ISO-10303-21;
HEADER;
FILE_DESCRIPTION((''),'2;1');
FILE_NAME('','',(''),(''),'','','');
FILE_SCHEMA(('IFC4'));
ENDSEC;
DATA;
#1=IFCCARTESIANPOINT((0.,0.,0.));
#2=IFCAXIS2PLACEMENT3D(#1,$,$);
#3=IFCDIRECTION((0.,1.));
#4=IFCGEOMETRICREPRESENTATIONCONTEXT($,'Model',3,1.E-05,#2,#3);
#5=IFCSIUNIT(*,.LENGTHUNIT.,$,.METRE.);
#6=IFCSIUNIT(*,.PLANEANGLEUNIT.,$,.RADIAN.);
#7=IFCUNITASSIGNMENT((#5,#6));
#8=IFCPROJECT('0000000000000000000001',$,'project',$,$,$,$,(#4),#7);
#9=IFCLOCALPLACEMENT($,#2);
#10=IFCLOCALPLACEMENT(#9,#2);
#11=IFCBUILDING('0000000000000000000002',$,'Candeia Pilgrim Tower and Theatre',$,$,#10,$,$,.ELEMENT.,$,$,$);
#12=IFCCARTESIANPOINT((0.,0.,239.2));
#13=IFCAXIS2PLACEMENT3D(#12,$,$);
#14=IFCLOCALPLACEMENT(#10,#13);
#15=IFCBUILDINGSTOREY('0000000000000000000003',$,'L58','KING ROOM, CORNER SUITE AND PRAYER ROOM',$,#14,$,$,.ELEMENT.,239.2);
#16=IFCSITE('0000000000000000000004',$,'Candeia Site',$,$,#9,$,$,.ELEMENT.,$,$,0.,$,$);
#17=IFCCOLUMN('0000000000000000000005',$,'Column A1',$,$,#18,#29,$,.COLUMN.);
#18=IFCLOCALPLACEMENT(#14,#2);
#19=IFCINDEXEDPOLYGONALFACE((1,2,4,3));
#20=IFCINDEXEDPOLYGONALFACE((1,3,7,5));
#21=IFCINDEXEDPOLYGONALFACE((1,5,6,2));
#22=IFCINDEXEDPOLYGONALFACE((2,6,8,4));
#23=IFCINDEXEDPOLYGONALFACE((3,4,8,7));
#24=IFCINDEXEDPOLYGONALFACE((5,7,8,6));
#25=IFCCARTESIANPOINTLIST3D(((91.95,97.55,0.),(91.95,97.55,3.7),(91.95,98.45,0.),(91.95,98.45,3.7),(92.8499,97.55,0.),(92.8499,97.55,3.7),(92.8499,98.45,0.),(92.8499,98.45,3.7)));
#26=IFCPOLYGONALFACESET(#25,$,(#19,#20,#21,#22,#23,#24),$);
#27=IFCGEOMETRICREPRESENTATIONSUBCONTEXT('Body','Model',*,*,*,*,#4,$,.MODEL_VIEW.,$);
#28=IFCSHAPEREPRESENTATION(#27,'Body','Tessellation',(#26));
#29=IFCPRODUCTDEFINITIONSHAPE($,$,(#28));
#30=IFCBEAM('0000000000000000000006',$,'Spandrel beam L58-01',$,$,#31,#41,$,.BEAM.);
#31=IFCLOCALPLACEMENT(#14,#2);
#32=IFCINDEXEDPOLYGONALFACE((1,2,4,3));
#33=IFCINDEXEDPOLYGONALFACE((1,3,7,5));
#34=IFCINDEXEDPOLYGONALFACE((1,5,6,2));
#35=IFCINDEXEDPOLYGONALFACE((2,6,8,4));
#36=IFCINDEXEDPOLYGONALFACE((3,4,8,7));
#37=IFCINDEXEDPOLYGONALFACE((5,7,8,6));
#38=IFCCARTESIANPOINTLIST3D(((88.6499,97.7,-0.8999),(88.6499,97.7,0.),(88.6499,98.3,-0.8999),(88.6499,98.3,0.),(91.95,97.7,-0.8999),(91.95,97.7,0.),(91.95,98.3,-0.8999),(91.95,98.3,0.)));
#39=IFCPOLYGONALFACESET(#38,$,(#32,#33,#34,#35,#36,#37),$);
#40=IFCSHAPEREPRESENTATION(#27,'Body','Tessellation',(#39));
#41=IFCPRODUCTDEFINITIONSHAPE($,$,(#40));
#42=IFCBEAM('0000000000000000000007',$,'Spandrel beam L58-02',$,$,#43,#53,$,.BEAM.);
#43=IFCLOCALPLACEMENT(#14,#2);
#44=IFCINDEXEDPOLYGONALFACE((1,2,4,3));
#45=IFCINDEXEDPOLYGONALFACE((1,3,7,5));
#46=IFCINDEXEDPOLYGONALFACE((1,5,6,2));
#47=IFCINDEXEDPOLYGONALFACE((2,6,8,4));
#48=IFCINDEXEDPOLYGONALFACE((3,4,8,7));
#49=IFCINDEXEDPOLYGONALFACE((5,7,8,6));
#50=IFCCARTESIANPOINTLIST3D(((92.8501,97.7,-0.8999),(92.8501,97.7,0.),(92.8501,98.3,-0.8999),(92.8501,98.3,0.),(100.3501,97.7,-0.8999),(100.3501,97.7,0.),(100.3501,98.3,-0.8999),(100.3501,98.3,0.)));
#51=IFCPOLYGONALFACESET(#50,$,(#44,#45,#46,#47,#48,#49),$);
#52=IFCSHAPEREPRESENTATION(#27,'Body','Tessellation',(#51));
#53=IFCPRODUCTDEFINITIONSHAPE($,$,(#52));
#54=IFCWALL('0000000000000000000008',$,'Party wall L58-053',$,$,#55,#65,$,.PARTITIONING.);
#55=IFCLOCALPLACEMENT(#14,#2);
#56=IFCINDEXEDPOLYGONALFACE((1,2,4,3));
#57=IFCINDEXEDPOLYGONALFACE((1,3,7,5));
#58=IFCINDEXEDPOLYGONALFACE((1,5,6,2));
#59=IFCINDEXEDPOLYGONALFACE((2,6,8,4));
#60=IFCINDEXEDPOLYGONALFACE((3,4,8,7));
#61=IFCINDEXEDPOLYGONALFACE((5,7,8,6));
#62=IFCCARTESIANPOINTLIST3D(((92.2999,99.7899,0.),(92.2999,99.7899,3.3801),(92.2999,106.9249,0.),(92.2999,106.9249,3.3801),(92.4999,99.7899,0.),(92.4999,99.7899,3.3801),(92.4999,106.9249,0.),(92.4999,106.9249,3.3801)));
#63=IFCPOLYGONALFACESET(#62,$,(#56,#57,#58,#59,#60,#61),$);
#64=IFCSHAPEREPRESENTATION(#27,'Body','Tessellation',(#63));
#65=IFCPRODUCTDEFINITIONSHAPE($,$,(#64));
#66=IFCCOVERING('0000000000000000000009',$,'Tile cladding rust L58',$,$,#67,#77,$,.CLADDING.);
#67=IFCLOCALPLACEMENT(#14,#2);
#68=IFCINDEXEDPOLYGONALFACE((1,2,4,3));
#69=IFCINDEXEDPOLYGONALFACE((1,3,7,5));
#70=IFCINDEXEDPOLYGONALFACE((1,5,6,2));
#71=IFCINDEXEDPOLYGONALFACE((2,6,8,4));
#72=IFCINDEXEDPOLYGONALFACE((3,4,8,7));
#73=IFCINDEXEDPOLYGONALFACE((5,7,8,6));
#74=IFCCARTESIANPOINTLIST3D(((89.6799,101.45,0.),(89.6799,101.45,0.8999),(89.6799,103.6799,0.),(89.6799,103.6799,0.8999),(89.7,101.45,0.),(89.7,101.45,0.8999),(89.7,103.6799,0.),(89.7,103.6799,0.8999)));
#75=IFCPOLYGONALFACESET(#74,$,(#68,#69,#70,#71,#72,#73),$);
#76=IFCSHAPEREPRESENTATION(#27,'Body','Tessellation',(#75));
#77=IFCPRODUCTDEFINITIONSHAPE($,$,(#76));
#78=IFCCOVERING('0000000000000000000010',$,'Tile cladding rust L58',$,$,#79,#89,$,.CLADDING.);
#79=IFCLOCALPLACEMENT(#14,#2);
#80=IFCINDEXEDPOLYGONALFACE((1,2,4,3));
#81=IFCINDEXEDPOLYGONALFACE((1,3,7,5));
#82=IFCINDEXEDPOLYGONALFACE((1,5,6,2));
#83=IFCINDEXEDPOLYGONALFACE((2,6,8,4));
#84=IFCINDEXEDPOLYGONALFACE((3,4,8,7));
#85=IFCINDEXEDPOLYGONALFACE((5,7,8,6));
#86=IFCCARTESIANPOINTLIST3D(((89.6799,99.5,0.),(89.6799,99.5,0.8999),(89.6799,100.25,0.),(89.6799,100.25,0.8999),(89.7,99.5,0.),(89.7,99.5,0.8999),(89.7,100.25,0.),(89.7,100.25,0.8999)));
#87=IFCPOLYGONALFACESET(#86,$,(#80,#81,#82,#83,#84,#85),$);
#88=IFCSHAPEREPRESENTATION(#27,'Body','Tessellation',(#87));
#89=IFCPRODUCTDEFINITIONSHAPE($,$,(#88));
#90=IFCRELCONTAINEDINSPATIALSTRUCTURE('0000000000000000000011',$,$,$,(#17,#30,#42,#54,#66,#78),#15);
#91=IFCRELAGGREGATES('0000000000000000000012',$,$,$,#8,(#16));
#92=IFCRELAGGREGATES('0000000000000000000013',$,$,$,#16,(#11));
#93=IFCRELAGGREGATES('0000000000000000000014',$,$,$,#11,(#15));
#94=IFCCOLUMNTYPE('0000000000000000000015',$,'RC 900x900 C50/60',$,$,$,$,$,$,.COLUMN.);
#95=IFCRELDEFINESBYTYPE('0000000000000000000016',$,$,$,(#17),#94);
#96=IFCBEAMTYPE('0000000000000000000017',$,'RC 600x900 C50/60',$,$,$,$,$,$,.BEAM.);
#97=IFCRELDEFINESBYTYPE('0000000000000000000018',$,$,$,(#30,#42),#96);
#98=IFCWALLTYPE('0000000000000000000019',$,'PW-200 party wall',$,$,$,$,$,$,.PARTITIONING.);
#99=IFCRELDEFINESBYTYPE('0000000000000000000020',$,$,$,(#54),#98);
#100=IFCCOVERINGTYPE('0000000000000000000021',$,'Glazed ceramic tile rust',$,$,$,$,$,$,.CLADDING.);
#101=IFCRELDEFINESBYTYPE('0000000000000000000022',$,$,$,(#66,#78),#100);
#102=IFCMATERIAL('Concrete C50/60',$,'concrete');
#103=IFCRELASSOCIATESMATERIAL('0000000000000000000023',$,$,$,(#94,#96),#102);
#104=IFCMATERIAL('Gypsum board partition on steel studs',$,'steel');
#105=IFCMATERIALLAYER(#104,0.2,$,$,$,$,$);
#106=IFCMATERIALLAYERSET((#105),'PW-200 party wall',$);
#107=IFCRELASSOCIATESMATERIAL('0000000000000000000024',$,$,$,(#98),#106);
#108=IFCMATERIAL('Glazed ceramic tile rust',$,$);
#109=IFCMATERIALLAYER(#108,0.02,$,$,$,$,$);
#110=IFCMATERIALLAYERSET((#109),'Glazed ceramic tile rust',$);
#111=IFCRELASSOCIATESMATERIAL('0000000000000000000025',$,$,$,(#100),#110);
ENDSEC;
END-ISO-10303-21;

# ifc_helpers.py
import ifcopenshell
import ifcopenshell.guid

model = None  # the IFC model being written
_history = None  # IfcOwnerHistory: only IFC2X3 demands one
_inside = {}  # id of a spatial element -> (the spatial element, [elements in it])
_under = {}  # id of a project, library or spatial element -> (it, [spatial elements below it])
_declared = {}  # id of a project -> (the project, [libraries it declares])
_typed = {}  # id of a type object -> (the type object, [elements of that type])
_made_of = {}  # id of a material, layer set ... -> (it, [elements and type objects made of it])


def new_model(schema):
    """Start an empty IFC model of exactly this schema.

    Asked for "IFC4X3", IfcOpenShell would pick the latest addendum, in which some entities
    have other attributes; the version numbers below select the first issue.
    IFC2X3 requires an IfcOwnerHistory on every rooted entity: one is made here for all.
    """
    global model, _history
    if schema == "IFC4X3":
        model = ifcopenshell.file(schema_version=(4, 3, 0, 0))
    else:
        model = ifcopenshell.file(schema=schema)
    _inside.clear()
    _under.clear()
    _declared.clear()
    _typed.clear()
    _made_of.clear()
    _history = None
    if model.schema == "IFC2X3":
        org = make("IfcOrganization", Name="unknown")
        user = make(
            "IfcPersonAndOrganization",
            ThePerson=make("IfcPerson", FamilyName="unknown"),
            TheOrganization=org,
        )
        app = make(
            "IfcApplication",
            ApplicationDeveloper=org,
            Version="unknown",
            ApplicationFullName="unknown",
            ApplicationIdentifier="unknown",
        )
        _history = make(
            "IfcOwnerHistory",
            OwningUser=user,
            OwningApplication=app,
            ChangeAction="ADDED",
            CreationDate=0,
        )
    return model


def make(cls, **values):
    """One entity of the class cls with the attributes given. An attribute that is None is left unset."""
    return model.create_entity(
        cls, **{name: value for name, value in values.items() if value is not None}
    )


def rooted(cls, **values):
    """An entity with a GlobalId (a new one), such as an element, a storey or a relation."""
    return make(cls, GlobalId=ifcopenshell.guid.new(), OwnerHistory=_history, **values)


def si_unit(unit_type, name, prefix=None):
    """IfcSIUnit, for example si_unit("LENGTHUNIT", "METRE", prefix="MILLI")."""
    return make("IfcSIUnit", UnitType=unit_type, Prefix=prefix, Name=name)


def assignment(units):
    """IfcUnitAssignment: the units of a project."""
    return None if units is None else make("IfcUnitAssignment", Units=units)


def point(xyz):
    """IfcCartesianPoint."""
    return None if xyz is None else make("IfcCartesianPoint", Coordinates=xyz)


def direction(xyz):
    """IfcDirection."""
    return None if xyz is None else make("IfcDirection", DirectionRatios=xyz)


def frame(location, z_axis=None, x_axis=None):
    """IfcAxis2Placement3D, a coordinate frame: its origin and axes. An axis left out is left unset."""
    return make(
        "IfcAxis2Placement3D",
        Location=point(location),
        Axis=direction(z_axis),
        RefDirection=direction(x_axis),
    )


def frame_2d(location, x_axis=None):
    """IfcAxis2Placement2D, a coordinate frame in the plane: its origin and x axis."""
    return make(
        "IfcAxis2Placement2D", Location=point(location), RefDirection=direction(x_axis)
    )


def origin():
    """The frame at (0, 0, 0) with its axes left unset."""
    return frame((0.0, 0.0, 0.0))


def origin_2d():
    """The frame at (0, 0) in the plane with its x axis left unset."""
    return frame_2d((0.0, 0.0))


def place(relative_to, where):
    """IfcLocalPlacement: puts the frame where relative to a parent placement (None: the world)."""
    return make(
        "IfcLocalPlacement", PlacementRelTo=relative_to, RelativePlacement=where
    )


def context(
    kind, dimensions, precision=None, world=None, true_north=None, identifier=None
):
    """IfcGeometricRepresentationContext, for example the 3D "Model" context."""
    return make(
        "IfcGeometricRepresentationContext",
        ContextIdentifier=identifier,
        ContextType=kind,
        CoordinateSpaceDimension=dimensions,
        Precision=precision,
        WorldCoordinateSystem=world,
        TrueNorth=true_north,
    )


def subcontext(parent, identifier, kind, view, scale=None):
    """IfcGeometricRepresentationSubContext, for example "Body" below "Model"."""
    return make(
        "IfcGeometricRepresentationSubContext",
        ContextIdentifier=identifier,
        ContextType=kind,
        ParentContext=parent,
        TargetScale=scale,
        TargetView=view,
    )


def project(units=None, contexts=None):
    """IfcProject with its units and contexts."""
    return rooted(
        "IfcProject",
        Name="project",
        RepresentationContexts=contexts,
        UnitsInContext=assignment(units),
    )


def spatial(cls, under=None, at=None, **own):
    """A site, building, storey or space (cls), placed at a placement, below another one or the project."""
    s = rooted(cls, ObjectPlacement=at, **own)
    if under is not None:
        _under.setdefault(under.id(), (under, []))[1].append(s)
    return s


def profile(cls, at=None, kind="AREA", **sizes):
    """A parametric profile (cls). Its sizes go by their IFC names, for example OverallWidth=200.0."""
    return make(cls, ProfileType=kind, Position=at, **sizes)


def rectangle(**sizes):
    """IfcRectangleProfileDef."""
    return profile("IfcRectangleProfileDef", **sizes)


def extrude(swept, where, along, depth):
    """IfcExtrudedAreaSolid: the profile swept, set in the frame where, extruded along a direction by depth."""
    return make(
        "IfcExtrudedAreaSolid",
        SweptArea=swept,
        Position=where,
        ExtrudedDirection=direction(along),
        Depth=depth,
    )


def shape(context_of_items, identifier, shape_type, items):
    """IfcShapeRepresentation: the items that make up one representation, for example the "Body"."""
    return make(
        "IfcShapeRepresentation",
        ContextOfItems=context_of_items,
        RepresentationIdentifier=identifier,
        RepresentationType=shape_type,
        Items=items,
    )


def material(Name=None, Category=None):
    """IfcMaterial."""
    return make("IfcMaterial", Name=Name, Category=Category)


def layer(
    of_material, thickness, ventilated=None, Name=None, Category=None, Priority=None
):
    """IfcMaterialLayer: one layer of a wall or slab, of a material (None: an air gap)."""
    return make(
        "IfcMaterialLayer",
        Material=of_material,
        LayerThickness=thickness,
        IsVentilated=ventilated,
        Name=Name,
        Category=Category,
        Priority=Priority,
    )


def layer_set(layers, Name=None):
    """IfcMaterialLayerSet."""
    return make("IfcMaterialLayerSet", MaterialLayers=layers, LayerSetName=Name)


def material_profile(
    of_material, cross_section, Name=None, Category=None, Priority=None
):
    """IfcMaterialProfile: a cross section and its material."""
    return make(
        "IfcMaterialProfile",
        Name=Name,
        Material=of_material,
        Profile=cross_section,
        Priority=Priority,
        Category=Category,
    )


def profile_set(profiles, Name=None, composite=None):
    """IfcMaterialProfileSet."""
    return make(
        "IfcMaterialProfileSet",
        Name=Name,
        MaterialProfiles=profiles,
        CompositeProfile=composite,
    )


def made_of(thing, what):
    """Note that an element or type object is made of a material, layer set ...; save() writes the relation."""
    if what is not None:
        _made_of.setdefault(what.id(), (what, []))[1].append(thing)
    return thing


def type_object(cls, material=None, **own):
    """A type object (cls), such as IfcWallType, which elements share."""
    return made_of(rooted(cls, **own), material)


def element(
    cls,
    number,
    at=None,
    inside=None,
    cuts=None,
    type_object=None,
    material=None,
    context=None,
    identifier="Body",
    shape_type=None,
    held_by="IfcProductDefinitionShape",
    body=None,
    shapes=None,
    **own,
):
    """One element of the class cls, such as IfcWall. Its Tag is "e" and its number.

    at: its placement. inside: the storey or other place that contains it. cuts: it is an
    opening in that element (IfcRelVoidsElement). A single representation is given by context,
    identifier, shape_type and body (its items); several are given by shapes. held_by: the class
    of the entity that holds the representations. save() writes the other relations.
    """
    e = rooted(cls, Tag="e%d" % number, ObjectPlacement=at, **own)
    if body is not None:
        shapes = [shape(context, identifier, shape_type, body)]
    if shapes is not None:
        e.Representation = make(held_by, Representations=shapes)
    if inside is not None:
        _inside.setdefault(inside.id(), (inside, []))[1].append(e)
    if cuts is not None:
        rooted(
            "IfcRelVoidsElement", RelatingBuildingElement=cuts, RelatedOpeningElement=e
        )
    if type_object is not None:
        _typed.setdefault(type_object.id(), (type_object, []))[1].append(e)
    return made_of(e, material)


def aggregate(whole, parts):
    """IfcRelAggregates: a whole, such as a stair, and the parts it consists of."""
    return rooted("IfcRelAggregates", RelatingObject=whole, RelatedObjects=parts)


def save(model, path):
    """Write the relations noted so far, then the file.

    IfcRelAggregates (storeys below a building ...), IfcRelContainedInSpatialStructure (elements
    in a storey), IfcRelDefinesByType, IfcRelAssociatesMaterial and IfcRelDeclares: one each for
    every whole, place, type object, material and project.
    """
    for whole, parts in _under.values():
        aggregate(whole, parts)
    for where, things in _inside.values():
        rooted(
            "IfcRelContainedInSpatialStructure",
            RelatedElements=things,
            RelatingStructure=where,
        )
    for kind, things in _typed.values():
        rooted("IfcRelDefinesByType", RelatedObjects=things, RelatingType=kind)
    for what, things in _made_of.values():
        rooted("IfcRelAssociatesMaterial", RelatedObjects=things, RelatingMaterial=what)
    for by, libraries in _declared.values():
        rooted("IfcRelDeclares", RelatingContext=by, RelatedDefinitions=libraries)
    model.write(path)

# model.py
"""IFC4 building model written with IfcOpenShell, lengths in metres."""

from ifc_helpers import new_model, si_unit, direction, frame, frame_2d, origin, origin_2d, place, context, subcontext, project, spatial, rectangle, extrude, material, layer, layer_set, material_profile, profile_set, type_object, element, save


model = new_model("IFC4")

# Units and contexts
model_context = context("Model", 3, precision=1e-05, world=origin(), true_north=direction((0.0, 1.0)))
body_context = subcontext(model_context, "Body", "Model", "MODEL_VIEW")
ifc_project = project(units=[si_unit("LENGTHUNIT", "METRE"), si_unit("PLANEANGLEUNIT", "RADIAN")], contexts=[model_context])

# Site, building, storey
site_placement = place(None, origin())
site = spatial("IfcSite", under=ifc_project, at=site_placement, Name="Candeia Site", CompositionType="ELEMENT", RefElevation=0.0)
building_placement = place(site_placement, origin())
building = spatial("IfcBuilding", under=site, at=building_placement, Name="Candeia Pilgrim Tower and Theatre", CompositionType="ELEMENT")
storey_placement = place(building_placement, frame((0.0, 0.0, 239.2)))
storey = spatial("IfcBuildingStorey", under=building, at=storey_placement, Name="L58", Description="KING ROOM, CORNER SUITE AND PRAYER ROOM", CompositionType="ELEMENT", Elevation=239.2)

# Column
ifc_material_1 = material(Name="Concrete C50/60", Category="concrete")
ifc_material_profile_1 = material_profile(ifc_material_1, rectangle(XDim=0.8999, YDim=0.8999, at=origin_2d()))
ifc_profile_set_1 = profile_set([ifc_material_profile_1], Name="Concrete C50/60")
column_type = type_object("IfcColumnType", Name="RC 900x900 C50/60", PredefinedType="COLUMN", material=ifc_profile_set_1)
column_placement = place(storey_placement, frame((92.3999, 98.0, 0.0), z_axis=(0.0, 0.0, 1.0), x_axis=(1.0, 0.0, 0.0)))
element("IfcColumn", 1, at=column_placement, inside=storey, type_object=column_type, Name="Column A1", PredefinedType="COLUMN", context=body_context, shape_type="SweptSolid", body=[
    extrude(rectangle(XDim=0.8999, YDim=0.8999, at=origin_2d()), origin(), (0.0, 0.0, 1.0), 3.7),
])

# Beams
ifc_material_profile_2 = material_profile(ifc_material_1, rectangle(XDim=0.6001, YDim=0.8999, at=origin_2d()))
ifc_profile_set_2 = profile_set([ifc_material_profile_2], Name="Concrete C50/60")
beam_type = type_object("IfcBeamType", Name="RC 600x900 C50/60", PredefinedType="BEAM", material=ifc_profile_set_2)
beam_1_placement = place(storey_placement, frame((88.6499, 98.0, -0.45), z_axis=(1.0, 0.0, 0.0), x_axis=(0.0, 1.0, 0.0)))
element("IfcBeam", 2, at=beam_1_placement, inside=storey, type_object=beam_type, Name="Spandrel beam L58-01", PredefinedType="BEAM", context=body_context, shape_type="SweptSolid", body=[
    extrude(rectangle(XDim=0.6001, YDim=0.8999, at=origin_2d()), origin(), (0.0, 0.0, 1.0), 3.3),
])
beam_2_placement = place(storey_placement, frame((92.8501, 98.0, -0.45), z_axis=(1.0, 0.0, 0.0), x_axis=(0.0, 1.0, 0.0)))
element("IfcBeam", 3, at=beam_2_placement, inside=storey, type_object=beam_type, Name="Spandrel beam L58-02", PredefinedType="BEAM", context=body_context, shape_type="SweptSolid", body=[
    extrude(rectangle(XDim=0.6001, YDim=0.8999, at=origin_2d()), origin(), (0.0, 0.0, 1.0), 7.5),
])

# Wall
ifc_material_2 = material(Name="Gypsum board partition on steel studs", Category="steel")
ifc_layer_1 = layer(ifc_material_2, 0.2)
ifc_layer_set_1 = layer_set([ifc_layer_1], Name="PW-200 party wall")
wall_type_1 = type_object("IfcWallType", Name="PW-200 party wall", PredefinedType="PARTITIONING", material=ifc_layer_set_1)
wall_1_placement = place(storey_placement, frame((92.3999, 99.79, 0.0), z_axis=(0.0, 0.0, 1.0), x_axis=(0.0, 1.0, 0.0)))
element("IfcWall", 4, at=wall_1_placement, inside=storey, type_object=wall_type_1, Name="Party wall L58-053", PredefinedType="PARTITIONING", context=body_context, shape_type="SweptSolid", body=[
    extrude(rectangle(XDim=7.135, YDim=0.2, at=frame_2d((3.5674, 0.0))), origin(), (0.0, 0.0, 1.0), 3.3801),
])

# Coverings
ifc_material_3 = material(Name="Glazed ceramic tile rust")
ifc_layer_2 = layer(ifc_material_3, 0.02)
ifc_layer_set_2 = layer_set([ifc_layer_2], Name="Glazed ceramic tile rust")
covering_type = type_object("IfcCoveringType", Name="Glazed ceramic tile rust", PredefinedType="CLADDING", material=ifc_layer_set_2)
covering_1_placement = place(storey_placement, frame((89.6899, 102.5649, 0.0), z_axis=(0.0, 0.0, 1.0), x_axis=(0.0, -1.0, 0.0)))
element("IfcCovering", 5, at=covering_1_placement, inside=storey, type_object=covering_type, Name="Tile cladding rust L58", PredefinedType="CLADDING", context=body_context, shape_type="SweptSolid", body=[
    extrude(rectangle(XDim=2.23, YDim=0.02, at=origin_2d()), origin(), (0.0, 0.0, 1.0), 0.8999),
])
covering_2_placement = place(storey_placement, frame((89.6899, 99.875, 0.0), z_axis=(0.0, 0.0, 1.0), x_axis=(0.0, -1.0, 0.0)))
element("IfcCovering", 6, at=covering_2_placement, inside=storey, type_object=covering_type, Name="Tile cladding rust L58", PredefinedType="CLADDING", context=body_context, shape_type="SweptSolid", body=[
    extrude(rectangle(XDim=0.75, YDim=0.02, at=origin_2d()), origin(), (0.0, 0.0, 1.0), 0.8999),
])

save(model, "model.ifc")
